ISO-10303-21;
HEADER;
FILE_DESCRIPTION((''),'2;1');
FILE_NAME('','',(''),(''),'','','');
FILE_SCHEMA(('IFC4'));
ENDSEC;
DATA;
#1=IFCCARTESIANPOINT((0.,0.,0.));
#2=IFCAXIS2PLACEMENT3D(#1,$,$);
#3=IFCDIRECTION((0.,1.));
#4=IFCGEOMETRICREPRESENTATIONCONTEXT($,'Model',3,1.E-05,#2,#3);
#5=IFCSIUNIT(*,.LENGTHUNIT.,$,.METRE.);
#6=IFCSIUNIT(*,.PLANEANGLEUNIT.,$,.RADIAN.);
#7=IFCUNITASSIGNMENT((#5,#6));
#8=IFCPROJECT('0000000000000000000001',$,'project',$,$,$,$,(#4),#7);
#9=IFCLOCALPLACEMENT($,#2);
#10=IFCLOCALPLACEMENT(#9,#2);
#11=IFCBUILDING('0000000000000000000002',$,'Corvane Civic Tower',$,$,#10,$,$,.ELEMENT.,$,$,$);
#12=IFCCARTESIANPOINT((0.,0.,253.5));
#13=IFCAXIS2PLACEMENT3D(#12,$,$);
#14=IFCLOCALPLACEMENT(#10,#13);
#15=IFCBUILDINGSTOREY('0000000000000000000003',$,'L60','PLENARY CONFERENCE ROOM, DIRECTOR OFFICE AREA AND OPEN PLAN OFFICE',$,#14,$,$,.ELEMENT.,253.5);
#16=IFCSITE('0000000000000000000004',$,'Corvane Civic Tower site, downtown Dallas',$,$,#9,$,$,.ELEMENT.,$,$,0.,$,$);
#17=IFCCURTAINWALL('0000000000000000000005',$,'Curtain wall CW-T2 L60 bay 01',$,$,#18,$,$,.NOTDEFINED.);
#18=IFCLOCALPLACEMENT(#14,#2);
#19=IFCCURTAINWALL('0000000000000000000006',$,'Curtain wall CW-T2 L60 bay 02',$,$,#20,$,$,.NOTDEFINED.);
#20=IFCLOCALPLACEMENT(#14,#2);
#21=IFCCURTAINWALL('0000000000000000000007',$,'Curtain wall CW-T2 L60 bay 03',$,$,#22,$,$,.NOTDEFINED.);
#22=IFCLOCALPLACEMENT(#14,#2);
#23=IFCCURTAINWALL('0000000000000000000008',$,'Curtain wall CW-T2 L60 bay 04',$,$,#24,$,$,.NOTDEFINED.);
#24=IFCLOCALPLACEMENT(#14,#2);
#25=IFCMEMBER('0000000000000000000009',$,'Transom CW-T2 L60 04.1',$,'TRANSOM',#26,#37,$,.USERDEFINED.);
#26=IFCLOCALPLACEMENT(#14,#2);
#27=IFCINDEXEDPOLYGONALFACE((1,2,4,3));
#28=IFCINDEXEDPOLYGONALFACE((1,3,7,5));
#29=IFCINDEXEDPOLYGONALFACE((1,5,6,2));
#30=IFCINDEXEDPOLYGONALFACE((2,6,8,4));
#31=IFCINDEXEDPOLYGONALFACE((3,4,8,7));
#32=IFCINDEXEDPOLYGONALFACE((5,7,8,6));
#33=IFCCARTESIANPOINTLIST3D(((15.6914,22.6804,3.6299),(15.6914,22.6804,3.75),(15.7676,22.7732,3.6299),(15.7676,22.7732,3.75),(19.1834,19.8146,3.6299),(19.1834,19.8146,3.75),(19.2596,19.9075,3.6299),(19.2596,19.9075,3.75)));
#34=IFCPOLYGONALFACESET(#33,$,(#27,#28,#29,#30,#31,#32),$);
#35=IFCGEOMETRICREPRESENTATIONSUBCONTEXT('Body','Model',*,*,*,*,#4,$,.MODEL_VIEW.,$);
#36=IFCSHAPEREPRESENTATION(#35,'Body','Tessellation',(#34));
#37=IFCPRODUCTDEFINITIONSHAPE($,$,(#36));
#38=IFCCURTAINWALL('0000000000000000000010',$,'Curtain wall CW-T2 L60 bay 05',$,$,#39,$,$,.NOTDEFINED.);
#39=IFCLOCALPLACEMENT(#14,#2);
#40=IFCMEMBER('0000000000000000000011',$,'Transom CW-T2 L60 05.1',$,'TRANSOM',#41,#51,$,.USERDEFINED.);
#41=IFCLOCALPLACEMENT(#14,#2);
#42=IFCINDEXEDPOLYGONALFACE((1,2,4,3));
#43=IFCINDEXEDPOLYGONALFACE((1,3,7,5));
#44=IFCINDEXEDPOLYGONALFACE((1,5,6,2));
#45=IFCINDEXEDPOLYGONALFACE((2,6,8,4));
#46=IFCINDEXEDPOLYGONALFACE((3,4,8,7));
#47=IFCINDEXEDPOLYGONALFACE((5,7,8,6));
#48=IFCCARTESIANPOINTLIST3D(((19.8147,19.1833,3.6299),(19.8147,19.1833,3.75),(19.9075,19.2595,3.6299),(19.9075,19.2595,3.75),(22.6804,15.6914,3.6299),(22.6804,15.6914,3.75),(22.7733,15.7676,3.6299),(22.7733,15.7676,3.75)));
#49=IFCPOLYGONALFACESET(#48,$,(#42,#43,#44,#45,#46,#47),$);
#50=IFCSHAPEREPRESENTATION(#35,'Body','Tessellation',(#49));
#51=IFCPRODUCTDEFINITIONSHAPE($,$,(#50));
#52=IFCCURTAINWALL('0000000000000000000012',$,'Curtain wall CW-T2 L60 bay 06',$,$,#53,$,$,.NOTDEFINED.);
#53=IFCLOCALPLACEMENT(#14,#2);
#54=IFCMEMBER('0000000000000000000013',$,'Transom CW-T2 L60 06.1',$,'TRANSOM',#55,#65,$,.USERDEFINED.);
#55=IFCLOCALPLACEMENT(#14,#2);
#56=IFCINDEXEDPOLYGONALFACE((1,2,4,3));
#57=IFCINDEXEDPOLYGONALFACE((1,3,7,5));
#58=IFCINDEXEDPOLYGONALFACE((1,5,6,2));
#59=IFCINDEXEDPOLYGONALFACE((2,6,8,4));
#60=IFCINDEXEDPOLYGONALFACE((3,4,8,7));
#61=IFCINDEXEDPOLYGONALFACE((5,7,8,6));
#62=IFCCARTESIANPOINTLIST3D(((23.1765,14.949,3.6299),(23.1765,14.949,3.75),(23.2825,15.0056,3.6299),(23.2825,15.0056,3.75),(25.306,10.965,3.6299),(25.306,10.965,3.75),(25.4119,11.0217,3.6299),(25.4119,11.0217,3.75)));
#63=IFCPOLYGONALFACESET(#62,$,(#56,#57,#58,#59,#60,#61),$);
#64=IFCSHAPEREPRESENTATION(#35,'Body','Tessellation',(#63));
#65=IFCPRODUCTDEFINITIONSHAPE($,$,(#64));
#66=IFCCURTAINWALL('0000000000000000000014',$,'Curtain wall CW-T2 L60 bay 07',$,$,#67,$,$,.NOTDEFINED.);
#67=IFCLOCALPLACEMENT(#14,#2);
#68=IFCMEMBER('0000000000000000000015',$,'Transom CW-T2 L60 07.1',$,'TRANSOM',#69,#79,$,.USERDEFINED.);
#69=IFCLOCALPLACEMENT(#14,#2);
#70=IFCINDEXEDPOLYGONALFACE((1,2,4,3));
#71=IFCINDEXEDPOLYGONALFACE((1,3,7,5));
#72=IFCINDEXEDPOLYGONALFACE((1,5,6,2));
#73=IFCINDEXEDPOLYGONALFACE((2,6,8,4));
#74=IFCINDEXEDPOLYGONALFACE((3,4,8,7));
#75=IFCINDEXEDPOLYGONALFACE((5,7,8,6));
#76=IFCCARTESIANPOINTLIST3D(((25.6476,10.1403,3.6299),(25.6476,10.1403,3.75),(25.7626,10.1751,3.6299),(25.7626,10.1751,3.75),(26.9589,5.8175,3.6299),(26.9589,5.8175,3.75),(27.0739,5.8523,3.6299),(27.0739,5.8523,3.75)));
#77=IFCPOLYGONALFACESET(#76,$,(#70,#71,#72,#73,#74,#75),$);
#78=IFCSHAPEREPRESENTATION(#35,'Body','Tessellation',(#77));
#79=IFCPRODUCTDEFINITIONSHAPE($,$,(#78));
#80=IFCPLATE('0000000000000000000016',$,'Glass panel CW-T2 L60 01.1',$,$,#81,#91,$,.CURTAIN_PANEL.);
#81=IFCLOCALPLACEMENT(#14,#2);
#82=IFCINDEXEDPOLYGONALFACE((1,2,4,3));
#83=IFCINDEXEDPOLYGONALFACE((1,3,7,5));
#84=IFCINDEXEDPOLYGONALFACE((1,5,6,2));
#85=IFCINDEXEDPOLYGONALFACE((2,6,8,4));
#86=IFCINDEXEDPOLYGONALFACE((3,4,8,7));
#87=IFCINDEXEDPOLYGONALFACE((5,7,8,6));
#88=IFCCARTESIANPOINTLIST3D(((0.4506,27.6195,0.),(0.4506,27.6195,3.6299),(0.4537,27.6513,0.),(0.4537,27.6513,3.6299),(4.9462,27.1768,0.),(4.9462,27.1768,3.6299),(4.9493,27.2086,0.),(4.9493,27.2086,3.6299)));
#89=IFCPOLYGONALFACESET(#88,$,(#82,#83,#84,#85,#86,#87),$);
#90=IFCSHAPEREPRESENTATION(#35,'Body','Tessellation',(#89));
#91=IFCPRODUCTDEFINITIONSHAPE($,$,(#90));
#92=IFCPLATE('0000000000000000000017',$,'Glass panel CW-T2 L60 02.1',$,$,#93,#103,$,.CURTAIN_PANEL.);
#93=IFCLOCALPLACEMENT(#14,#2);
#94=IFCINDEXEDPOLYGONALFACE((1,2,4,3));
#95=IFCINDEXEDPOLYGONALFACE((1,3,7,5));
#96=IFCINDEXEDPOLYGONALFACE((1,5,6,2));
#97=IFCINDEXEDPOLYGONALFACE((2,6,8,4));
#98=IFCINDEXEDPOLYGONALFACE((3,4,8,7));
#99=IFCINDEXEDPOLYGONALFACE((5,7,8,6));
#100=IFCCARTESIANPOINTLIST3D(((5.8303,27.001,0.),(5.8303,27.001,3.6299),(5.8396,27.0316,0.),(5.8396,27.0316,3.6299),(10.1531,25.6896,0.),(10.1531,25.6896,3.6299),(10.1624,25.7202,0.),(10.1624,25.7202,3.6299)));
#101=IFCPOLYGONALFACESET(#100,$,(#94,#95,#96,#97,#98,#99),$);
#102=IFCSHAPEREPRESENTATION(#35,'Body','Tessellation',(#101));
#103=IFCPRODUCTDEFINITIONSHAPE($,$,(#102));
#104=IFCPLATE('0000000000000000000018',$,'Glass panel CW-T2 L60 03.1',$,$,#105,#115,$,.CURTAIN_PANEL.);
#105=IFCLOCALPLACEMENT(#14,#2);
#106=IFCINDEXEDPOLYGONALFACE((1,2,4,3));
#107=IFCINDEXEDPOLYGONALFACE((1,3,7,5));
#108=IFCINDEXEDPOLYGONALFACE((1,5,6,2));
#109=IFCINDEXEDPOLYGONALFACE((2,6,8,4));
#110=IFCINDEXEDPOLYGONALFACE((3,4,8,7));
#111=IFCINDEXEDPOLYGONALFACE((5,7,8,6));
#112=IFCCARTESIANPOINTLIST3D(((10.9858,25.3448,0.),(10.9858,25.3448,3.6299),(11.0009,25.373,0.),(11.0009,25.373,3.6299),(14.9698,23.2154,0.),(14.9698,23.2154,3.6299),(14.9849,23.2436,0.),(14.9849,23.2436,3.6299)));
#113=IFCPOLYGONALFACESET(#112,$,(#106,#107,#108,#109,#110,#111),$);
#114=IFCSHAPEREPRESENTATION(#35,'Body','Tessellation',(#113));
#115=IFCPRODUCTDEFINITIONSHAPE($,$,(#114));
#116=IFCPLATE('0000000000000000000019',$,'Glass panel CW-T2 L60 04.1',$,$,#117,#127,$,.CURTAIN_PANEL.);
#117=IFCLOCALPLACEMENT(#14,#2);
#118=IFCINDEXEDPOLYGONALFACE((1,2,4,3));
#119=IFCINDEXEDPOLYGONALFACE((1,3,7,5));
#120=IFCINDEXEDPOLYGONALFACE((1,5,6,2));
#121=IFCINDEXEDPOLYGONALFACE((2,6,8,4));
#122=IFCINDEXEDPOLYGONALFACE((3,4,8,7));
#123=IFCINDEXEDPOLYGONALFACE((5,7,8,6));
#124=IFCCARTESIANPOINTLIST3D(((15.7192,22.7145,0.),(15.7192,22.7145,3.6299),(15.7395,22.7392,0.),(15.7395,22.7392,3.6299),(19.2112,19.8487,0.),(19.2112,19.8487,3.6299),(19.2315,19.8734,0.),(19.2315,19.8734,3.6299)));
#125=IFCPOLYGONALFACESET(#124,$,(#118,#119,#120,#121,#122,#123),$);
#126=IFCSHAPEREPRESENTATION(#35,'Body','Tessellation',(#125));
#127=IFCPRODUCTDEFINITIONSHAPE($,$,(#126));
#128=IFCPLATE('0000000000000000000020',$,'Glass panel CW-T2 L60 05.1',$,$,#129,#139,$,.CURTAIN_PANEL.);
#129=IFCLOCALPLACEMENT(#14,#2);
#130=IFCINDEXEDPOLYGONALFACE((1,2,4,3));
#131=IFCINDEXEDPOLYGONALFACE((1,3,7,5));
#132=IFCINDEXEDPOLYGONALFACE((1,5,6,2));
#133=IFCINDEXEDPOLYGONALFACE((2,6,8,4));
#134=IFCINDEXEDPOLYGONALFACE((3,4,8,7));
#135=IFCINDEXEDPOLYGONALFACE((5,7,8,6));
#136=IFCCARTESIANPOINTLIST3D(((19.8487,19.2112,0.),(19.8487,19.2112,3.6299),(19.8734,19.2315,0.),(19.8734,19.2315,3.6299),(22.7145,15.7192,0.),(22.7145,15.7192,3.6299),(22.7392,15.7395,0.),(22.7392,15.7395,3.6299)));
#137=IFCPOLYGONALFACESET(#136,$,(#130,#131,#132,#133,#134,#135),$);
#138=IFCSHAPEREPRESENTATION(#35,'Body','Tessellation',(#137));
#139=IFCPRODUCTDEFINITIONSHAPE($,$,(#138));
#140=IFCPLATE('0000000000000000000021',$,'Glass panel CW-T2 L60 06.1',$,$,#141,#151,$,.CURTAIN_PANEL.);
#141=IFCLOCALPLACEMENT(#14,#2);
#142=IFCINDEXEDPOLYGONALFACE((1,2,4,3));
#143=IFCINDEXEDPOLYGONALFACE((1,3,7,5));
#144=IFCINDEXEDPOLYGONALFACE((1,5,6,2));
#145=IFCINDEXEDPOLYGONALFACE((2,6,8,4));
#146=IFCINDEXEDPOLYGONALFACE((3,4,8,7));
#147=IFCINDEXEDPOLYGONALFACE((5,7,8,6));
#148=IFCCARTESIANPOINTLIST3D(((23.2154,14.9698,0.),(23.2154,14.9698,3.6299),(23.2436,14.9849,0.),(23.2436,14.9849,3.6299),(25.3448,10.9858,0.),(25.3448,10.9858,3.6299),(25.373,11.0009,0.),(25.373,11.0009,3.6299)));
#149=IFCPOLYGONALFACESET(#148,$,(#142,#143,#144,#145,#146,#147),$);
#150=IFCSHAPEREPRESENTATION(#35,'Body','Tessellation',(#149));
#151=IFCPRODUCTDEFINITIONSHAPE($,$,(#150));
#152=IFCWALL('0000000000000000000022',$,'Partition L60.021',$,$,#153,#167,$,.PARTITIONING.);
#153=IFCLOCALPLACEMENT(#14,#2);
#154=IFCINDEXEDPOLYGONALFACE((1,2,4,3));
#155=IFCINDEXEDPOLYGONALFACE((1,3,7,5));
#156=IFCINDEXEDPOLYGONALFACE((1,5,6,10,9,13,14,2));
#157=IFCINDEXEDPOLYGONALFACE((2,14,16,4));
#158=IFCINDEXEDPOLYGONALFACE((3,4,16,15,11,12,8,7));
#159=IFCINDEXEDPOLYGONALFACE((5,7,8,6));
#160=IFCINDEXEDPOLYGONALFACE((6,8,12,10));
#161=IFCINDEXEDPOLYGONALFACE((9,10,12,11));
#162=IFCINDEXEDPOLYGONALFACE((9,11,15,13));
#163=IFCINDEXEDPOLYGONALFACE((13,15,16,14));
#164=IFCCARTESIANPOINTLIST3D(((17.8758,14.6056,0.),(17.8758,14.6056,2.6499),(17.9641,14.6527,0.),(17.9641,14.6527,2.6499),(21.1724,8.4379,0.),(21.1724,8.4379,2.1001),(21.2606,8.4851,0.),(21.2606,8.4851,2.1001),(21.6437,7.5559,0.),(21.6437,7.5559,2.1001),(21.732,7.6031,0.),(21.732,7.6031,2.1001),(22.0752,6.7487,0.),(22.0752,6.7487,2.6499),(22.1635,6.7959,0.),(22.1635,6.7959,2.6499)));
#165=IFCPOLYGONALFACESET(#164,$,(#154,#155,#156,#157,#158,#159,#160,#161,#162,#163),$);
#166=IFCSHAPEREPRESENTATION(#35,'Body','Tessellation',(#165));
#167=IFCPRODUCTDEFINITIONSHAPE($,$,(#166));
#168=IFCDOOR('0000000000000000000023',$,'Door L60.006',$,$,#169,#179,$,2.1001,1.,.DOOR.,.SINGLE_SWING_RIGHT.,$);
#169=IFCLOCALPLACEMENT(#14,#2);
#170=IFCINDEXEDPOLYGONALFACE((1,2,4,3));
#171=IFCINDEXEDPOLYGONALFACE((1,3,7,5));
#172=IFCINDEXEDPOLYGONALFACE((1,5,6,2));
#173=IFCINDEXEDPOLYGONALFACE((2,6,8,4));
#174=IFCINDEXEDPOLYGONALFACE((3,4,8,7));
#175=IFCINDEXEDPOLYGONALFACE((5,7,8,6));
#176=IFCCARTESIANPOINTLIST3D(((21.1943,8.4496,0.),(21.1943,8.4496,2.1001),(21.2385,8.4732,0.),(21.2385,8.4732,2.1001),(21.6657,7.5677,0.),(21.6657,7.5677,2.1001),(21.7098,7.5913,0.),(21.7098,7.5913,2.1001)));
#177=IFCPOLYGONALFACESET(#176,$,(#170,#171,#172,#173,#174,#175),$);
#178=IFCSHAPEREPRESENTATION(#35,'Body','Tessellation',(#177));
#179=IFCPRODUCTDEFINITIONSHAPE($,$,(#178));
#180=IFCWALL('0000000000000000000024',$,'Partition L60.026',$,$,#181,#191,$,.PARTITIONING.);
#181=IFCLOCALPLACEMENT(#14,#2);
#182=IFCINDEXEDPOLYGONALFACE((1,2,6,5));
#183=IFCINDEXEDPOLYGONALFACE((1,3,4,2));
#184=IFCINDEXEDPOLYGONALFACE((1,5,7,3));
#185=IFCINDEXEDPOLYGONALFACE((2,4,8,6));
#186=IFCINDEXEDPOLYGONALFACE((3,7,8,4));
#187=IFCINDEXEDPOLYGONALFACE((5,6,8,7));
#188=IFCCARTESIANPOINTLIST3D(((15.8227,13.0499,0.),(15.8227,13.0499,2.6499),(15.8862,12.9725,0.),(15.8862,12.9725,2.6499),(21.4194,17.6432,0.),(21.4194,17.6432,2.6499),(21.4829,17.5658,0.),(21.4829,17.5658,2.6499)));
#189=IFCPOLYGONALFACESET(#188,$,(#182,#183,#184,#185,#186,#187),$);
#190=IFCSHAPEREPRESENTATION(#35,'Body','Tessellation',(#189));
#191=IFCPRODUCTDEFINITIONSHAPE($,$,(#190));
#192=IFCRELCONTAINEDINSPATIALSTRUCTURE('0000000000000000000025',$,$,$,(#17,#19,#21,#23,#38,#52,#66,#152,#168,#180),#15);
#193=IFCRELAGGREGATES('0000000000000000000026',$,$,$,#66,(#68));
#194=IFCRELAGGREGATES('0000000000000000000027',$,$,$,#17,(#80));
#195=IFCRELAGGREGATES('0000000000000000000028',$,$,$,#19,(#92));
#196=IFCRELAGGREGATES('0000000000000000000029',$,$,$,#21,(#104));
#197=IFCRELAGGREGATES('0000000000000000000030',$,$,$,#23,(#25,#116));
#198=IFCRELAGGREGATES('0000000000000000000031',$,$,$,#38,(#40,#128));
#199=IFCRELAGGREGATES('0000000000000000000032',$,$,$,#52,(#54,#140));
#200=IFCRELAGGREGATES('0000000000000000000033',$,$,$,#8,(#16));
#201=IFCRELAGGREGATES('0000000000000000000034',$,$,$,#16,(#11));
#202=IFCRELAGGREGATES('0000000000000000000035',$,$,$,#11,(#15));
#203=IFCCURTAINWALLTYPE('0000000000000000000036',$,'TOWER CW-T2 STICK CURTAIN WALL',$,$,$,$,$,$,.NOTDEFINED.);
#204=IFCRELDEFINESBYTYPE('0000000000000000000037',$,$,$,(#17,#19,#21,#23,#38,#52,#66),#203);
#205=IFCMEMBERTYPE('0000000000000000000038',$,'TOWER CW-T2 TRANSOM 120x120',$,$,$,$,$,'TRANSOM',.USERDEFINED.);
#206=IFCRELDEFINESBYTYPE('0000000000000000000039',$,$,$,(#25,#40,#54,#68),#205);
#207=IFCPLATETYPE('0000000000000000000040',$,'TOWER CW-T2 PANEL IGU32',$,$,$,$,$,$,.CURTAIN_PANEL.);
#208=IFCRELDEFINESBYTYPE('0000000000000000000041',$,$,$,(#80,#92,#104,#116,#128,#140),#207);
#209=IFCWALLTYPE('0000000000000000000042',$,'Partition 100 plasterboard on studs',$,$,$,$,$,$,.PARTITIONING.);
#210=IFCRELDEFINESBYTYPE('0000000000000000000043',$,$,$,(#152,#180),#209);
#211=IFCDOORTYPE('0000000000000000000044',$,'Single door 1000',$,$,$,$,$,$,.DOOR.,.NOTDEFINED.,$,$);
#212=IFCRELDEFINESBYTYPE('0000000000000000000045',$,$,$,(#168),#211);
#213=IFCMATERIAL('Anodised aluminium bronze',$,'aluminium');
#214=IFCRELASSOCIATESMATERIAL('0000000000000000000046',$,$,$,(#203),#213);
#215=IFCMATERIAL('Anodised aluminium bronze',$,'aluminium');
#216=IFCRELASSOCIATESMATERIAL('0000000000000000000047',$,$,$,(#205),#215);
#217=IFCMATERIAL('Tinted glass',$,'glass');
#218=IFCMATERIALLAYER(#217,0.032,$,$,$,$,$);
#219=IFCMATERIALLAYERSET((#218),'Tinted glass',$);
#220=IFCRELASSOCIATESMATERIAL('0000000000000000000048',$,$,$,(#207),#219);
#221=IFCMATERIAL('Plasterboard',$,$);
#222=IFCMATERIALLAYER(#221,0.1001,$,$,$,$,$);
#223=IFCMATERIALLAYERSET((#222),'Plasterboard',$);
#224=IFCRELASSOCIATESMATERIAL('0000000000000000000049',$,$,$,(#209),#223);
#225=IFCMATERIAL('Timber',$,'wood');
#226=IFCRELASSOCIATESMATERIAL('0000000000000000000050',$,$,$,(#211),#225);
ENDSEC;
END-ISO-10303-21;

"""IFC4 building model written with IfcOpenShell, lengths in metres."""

from ifc_helpers import new_model, si_unit, direction, frame, frame_2d, origin, origin_2d, place, context, subcontext, project, spatial, rectangle, extrude, material, layer, layer_set, material_profile, profile_set, type_object, element, fill, aggregate, save


model = new_model("IFC4")

# Units and contexts
model_context = context("Model", 3, precision=1e-05, world=origin(), true_north=direction((0.0, 1.0)))
body_context = subcontext(model_context, "Body", "Model", "MODEL_VIEW")
ifc_project = project(units=[si_unit("LENGTHUNIT", "METRE"), si_unit("PLANEANGLEUNIT", "RADIAN")], contexts=[model_context])

# Site, building, storey
site_placement = place(None, origin())
site = spatial("IfcSite", under=ifc_project, at=site_placement, Name="Corvane Civic Tower site, downtown Dallas", CompositionType="ELEMENT", RefElevation=0.0)
building_placement = place(site_placement, origin())
building = spatial("IfcBuilding", under=site, at=building_placement, Name="Corvane Civic Tower", CompositionType="ELEMENT")
storey_placement = place(building_placement, frame((0.0, 0.0, 253.5)))
storey = spatial("IfcBuildingStorey", under=building, at=storey_placement, Name="L60", Description="PLENARY CONFERENCE ROOM, DIRECTOR OFFICE AREA AND OPEN PLAN OFFICE", CompositionType="ELEMENT", Elevation=253.5)

# Curtain walls, members
ifc_material_1 = material(Name="Anodised aluminium bronze", Category="aluminium")
curtain_wall_type = type_object("IfcCurtainWallType", Name="TOWER CW-T2 STICK CURTAIN WALL", PredefinedType="NOTDEFINED", material=ifc_material_1)
curtain_wall_1_placement = place(storey_placement, origin())
curtain_wall_1 = element("IfcCurtainWall", 1, at=curtain_wall_1_placement, inside=storey, type_object=curtain_wall_type, Name="Curtain wall CW-T2 L60 bay 01", PredefinedType="NOTDEFINED")
ifc_material_2 = material(Name="Anodised aluminium bronze", Category="aluminium")
ifc_material_profile_1 = material_profile(ifc_material_2, rectangle(XDim=0.1201, YDim=0.1201, at=origin_2d()), Name="TOWER CW-T2 TRANSOM 120x120")
ifc_profile_set_1 = profile_set([ifc_material_profile_1], Name="Anodised aluminium bronze")
member_type = type_object("IfcMemberType", Name="TOWER CW-T2 TRANSOM 120x120", ElementType="TRANSOM", PredefinedType="USERDEFINED", material=ifc_profile_set_1)
curtain_wall_2_placement = place(storey_placement, origin())
curtain_wall_2 = element("IfcCurtainWall", 2, at=curtain_wall_2_placement, inside=storey, type_object=curtain_wall_type, Name="Curtain wall CW-T2 L60 bay 02", PredefinedType="NOTDEFINED")
curtain_wall_3_placement = place(storey_placement, origin())
curtain_wall_3 = element("IfcCurtainWall", 3, at=curtain_wall_3_placement, inside=storey, type_object=curtain_wall_type, Name="Curtain wall CW-T2 L60 bay 03", PredefinedType="NOTDEFINED")
curtain_wall_4_placement = place(storey_placement, origin())
curtain_wall_4 = element("IfcCurtainWall", 4, at=curtain_wall_4_placement, inside=storey, type_object=curtain_wall_type, Name="Curtain wall CW-T2 L60 bay 04", PredefinedType="NOTDEFINED")
member_1_placement = place(storey_placement, frame((15.7295, 22.7268, 3.6899), z_axis=(0.773015, -0.634388, 0.0), x_axis=(0.634388, 0.773015, 0.0)))
member_1 = element("IfcMember", 5, at=member_1_placement, type_object=member_type, Name="Transom CW-T2 L60 04.1", ObjectType="TRANSOM", PredefinedType="USERDEFINED", context=body_context, shape_type="SweptSolid", body=[
    extrude(rectangle(XDim=0.1201, YDim=0.1201, at=origin_2d()), origin(), (0.0, 0.0, 1.0), 4.5173),
])
curtain_wall_5_placement = place(storey_placement, origin())
curtain_wall_5 = element("IfcCurtainWall", 6, at=curtain_wall_5_placement, inside=storey, type_object=curtain_wall_type, Name="Curtain wall CW-T2 L60 bay 05", PredefinedType="NOTDEFINED")
member_2_placement = place(storey_placement, frame((19.8611, 19.2214, 3.6899), z_axis=(0.634388, -0.773015, 0.0), x_axis=(0.773015, 0.634388, 0.0)))
member_2 = element("IfcMember", 7, at=member_2_placement, type_object=member_type, Name="Transom CW-T2 L60 05.1", ObjectType="TRANSOM", PredefinedType="USERDEFINED", context=body_context, shape_type="SweptSolid", body=[
    extrude(rectangle(XDim=0.1201, YDim=0.1201, at=origin_2d()), origin(), (0.0, 0.0, 1.0), 4.5173),
])
curtain_wall_6_placement = place(storey_placement, origin())
curtain_wall_6 = element("IfcCurtainWall", 8, at=curtain_wall_6_placement, inside=storey, type_object=curtain_wall_type, Name="Curtain wall CW-T2 L60 bay 06", PredefinedType="NOTDEFINED")
member_3_placement = place(storey_placement, frame((23.2295, 14.9773, 3.6899), z_axis=(0.47139, -0.881925, 0.0), x_axis=(0.881925, 0.47139, 0.0)))
member_3 = element("IfcMember", 9, at=member_3_placement, type_object=member_type, Name="Transom CW-T2 L60 06.1", ObjectType="TRANSOM", PredefinedType="USERDEFINED", context=body_context, shape_type="SweptSolid", body=[
    extrude(rectangle(XDim=0.1201, YDim=0.1201, at=origin_2d()), origin(), (0.0, 0.0, 1.0), 4.5173),
])
curtain_wall_7_placement = place(storey_placement, origin())
curtain_wall_7 = element("IfcCurtainWall", 10, at=curtain_wall_7_placement, inside=storey, type_object=curtain_wall_type, Name="Curtain wall CW-T2 L60 bay 07", PredefinedType="NOTDEFINED")
member_4_placement = place(storey_placement, frame((25.7051, 10.1577, 3.6899), z_axis=(0.290282, -0.956941, 0.0), x_axis=(0.956941, 0.290282, 0.0)))
member_4 = element("IfcMember", 11, at=member_4_placement, type_object=member_type, Name="Transom CW-T2 L60 07.1", ObjectType="TRANSOM", PredefinedType="USERDEFINED", context=body_context, shape_type="SweptSolid", body=[
    extrude(rectangle(XDim=0.1201, YDim=0.1201, at=origin_2d()), origin(), (0.0, 0.0, 1.0), 4.5173),
])
aggregate(curtain_wall_7, [member_4])

# Plates
ifc_material_3 = material(Name="Tinted glass", Category="glass")
ifc_layer_1 = layer(ifc_material_3, 0.032)
ifc_layer_set_1 = layer_set([ifc_layer_1], Name="Tinted glass")
plate_type = type_object("IfcPlateType", Name="TOWER CW-T2 PANEL IGU32", PredefinedType="CURTAIN_PANEL", material=ifc_layer_set_1)
plate_1_placement = place(storey_placement, frame((2.7, 27.4141, 0.0), z_axis=(0.0, 0.0, 1.0), x_axis=(0.995187, -0.097993, 0.0)))
plate_1 = element("IfcPlate", 12, at=plate_1_placement, type_object=plate_type, Name="Glass panel CW-T2 L60 01.1", PredefinedType="CURTAIN_PANEL", context=body_context, shape_type="SweptSolid", body=[
    extrude(rectangle(XDim=4.5173, YDim=0.032, at=origin_2d()), origin(), (0.0, 0.0, 1.0), 3.6299),
])
aggregate(curtain_wall_1, [plate_1])
plate_2_placement = place(storey_placement, frame((7.9963, 26.3606, 0.0), z_axis=(0.0, 0.0, 1.0), x_axis=(0.956939, -0.29029, 0.0)))
plate_2 = element("IfcPlate", 13, at=plate_2_placement, type_object=plate_type, Name="Glass panel CW-T2 L60 02.1", PredefinedType="CURTAIN_PANEL", context=body_context, shape_type="SweptSolid", body=[
    extrude(rectangle(XDim=4.5173, YDim=0.032, at=origin_2d()), origin(), (0.0, 0.0, 1.0), 3.6299),
])
aggregate(curtain_wall_2, [plate_2])
plate_3_placement = place(storey_placement, frame((12.9854, 24.2942, 0.0), z_axis=(0.0, 0.0, 1.0), x_axis=(0.88192, -0.471398, 0.0)))
plate_3 = element("IfcPlate", 14, at=plate_3_placement, type_object=plate_type, Name="Glass panel CW-T2 L60 03.1", PredefinedType="CURTAIN_PANEL", context=body_context, shape_type="SweptSolid", body=[
    extrude(rectangle(XDim=4.5173, YDim=0.032, at=origin_2d()), origin(), (0.0, 0.0, 1.0), 3.6299),
])
aggregate(curtain_wall_3, [plate_3])
plate_4_placement = place(storey_placement, frame((17.4753, 21.2939, 0.0), z_axis=(0.0, 0.0, 1.0), x_axis=(0.773012, -0.634391, 0.0)))
plate_4 = element("IfcPlate", 15, at=plate_4_placement, type_object=plate_type, Name="Glass panel CW-T2 L60 04.1", PredefinedType="CURTAIN_PANEL", context=body_context, shape_type="SweptSolid", body=[
    extrude(rectangle(XDim=4.5173, YDim=0.032, at=origin_2d()), origin(), (0.0, 0.0, 1.0), 3.6299),
])
aggregate(curtain_wall_4, [member_1, plate_4])
plate_5_placement = place(storey_placement, frame((21.2939, 17.4753, 0.0), z_axis=(0.0, 0.0, 1.0), x_axis=(0.634391, -0.773012, 0.0)))
plate_5 = element("IfcPlate", 16, at=plate_5_placement, type_object=plate_type, Name="Glass panel CW-T2 L60 05.1", PredefinedType="CURTAIN_PANEL", context=body_context, shape_type="SweptSolid", body=[
    extrude(rectangle(XDim=4.5173, YDim=0.032, at=origin_2d()), origin(), (0.0, 0.0, 1.0), 3.6299),
])
aggregate(curtain_wall_5, [member_2, plate_5])
plate_6_placement = place(storey_placement, frame((24.2942, 12.9854, 0.0), z_axis=(0.0, 0.0, 1.0), x_axis=(0.471398, -0.88192, 0.0)))
plate_6 = element("IfcPlate", 17, at=plate_6_placement, type_object=plate_type, Name="Glass panel CW-T2 L60 06.1", PredefinedType="CURTAIN_PANEL", context=body_context, shape_type="SweptSolid", body=[
    extrude(rectangle(XDim=4.5173, YDim=0.032, at=origin_2d()), origin(), (0.0, 0.0, 1.0), 3.6299),
])
aggregate(curtain_wall_6, [member_3, plate_6])

# Wall, opening, door
ifc_material_4 = material(Name="Plasterboard")
ifc_layer_2 = layer(ifc_material_4, 0.1001)
ifc_layer_set_2 = layer_set([ifc_layer_2], Name="Plasterboard")
wall_type_1 = type_object("IfcWallType", Name="Partition 100 plasterboard on studs", PredefinedType="PARTITIONING", material=ifc_layer_set_2)
wall_1_placement = place(storey_placement, frame((17.9199, 14.6292, 0.0), z_axis=(0.0, 0.0, 1.0), x_axis=(0.471383, -0.881929, 0.0)))
wall_1 = element("IfcWall", 18, at=wall_1_placement, inside=storey, type_object=wall_type_1, Name="Partition L60.021", PredefinedType="PARTITIONING", context=body_context, shape_type="SweptSolid", body=[
    extrude(rectangle(XDim=8.9087, YDim=0.1001, at=frame_2d((4.4543, 0.0))), origin(), (0.0, 0.0, 1.0), 2.6499),
])
opening_placement = place(wall_1_placement, frame((6.9934, 0.0, 0.0)))
opening = element("IfcOpeningElement", 19, at=opening_placement, cuts=wall_1, PredefinedType="OPENING", context=body_context, shape_type="SweptSolid", body=[
    extrude(rectangle(XDim=1.0, YDim=2.1001, at=frame_2d((0.5, 1.05))), frame((0.0, 0.0601, 0.0), z_axis=(0.0, -1.0, 0.0), x_axis=(1.0, 0.0, 0.0)), (0.0, 0.0, 1.0), 0.1201),
])
ifc_material_5 = material(Name="Timber", Category="wood")
door_type = type_object("IfcDoorType", Name="Single door 1000", OperationType="NOTDEFINED", PredefinedType="DOOR", material=ifc_material_5)
door_placement = place(opening_placement, origin())
door = element("IfcDoor", 20, at=door_placement, inside=storey, type_object=door_type, Name="Door L60.006", OperationType="SINGLE_SWING_RIGHT", OverallHeight=2.1001, OverallWidth=1.0, PredefinedType="DOOR", context=body_context, shape_type="SweptSolid", body=[
    extrude(rectangle(XDim=1.0, YDim=2.1001, at=frame_2d((0.5, 1.05))), frame((0.0, 0.0249, 0.0), z_axis=(0.0, -1.0, 0.0), x_axis=(1.0, 0.0, 0.0)), (0.0, 0.0, 1.0), 0.05),
])
fill(opening, door)

# Wall
wall_2_placement = place(storey_placement, frame((15.8545, 13.0112, 0.0), z_axis=(0.0, 0.0, 1.0), x_axis=(0.772998, 0.634409, 0.0)))
element("IfcWall", 21, at=wall_2_placement, inside=storey, type_object=wall_type_1, Name="Partition L60.026", PredefinedType="PARTITIONING", context=body_context, shape_type="SweptSolid", body=[
    extrude(rectangle(XDim=7.2402, YDim=0.1001, at=frame_2d((3.6201, 0.0))), origin(), (0.0, 0.0, 1.0), 2.6499),
])

save(model, "model.ifc")
